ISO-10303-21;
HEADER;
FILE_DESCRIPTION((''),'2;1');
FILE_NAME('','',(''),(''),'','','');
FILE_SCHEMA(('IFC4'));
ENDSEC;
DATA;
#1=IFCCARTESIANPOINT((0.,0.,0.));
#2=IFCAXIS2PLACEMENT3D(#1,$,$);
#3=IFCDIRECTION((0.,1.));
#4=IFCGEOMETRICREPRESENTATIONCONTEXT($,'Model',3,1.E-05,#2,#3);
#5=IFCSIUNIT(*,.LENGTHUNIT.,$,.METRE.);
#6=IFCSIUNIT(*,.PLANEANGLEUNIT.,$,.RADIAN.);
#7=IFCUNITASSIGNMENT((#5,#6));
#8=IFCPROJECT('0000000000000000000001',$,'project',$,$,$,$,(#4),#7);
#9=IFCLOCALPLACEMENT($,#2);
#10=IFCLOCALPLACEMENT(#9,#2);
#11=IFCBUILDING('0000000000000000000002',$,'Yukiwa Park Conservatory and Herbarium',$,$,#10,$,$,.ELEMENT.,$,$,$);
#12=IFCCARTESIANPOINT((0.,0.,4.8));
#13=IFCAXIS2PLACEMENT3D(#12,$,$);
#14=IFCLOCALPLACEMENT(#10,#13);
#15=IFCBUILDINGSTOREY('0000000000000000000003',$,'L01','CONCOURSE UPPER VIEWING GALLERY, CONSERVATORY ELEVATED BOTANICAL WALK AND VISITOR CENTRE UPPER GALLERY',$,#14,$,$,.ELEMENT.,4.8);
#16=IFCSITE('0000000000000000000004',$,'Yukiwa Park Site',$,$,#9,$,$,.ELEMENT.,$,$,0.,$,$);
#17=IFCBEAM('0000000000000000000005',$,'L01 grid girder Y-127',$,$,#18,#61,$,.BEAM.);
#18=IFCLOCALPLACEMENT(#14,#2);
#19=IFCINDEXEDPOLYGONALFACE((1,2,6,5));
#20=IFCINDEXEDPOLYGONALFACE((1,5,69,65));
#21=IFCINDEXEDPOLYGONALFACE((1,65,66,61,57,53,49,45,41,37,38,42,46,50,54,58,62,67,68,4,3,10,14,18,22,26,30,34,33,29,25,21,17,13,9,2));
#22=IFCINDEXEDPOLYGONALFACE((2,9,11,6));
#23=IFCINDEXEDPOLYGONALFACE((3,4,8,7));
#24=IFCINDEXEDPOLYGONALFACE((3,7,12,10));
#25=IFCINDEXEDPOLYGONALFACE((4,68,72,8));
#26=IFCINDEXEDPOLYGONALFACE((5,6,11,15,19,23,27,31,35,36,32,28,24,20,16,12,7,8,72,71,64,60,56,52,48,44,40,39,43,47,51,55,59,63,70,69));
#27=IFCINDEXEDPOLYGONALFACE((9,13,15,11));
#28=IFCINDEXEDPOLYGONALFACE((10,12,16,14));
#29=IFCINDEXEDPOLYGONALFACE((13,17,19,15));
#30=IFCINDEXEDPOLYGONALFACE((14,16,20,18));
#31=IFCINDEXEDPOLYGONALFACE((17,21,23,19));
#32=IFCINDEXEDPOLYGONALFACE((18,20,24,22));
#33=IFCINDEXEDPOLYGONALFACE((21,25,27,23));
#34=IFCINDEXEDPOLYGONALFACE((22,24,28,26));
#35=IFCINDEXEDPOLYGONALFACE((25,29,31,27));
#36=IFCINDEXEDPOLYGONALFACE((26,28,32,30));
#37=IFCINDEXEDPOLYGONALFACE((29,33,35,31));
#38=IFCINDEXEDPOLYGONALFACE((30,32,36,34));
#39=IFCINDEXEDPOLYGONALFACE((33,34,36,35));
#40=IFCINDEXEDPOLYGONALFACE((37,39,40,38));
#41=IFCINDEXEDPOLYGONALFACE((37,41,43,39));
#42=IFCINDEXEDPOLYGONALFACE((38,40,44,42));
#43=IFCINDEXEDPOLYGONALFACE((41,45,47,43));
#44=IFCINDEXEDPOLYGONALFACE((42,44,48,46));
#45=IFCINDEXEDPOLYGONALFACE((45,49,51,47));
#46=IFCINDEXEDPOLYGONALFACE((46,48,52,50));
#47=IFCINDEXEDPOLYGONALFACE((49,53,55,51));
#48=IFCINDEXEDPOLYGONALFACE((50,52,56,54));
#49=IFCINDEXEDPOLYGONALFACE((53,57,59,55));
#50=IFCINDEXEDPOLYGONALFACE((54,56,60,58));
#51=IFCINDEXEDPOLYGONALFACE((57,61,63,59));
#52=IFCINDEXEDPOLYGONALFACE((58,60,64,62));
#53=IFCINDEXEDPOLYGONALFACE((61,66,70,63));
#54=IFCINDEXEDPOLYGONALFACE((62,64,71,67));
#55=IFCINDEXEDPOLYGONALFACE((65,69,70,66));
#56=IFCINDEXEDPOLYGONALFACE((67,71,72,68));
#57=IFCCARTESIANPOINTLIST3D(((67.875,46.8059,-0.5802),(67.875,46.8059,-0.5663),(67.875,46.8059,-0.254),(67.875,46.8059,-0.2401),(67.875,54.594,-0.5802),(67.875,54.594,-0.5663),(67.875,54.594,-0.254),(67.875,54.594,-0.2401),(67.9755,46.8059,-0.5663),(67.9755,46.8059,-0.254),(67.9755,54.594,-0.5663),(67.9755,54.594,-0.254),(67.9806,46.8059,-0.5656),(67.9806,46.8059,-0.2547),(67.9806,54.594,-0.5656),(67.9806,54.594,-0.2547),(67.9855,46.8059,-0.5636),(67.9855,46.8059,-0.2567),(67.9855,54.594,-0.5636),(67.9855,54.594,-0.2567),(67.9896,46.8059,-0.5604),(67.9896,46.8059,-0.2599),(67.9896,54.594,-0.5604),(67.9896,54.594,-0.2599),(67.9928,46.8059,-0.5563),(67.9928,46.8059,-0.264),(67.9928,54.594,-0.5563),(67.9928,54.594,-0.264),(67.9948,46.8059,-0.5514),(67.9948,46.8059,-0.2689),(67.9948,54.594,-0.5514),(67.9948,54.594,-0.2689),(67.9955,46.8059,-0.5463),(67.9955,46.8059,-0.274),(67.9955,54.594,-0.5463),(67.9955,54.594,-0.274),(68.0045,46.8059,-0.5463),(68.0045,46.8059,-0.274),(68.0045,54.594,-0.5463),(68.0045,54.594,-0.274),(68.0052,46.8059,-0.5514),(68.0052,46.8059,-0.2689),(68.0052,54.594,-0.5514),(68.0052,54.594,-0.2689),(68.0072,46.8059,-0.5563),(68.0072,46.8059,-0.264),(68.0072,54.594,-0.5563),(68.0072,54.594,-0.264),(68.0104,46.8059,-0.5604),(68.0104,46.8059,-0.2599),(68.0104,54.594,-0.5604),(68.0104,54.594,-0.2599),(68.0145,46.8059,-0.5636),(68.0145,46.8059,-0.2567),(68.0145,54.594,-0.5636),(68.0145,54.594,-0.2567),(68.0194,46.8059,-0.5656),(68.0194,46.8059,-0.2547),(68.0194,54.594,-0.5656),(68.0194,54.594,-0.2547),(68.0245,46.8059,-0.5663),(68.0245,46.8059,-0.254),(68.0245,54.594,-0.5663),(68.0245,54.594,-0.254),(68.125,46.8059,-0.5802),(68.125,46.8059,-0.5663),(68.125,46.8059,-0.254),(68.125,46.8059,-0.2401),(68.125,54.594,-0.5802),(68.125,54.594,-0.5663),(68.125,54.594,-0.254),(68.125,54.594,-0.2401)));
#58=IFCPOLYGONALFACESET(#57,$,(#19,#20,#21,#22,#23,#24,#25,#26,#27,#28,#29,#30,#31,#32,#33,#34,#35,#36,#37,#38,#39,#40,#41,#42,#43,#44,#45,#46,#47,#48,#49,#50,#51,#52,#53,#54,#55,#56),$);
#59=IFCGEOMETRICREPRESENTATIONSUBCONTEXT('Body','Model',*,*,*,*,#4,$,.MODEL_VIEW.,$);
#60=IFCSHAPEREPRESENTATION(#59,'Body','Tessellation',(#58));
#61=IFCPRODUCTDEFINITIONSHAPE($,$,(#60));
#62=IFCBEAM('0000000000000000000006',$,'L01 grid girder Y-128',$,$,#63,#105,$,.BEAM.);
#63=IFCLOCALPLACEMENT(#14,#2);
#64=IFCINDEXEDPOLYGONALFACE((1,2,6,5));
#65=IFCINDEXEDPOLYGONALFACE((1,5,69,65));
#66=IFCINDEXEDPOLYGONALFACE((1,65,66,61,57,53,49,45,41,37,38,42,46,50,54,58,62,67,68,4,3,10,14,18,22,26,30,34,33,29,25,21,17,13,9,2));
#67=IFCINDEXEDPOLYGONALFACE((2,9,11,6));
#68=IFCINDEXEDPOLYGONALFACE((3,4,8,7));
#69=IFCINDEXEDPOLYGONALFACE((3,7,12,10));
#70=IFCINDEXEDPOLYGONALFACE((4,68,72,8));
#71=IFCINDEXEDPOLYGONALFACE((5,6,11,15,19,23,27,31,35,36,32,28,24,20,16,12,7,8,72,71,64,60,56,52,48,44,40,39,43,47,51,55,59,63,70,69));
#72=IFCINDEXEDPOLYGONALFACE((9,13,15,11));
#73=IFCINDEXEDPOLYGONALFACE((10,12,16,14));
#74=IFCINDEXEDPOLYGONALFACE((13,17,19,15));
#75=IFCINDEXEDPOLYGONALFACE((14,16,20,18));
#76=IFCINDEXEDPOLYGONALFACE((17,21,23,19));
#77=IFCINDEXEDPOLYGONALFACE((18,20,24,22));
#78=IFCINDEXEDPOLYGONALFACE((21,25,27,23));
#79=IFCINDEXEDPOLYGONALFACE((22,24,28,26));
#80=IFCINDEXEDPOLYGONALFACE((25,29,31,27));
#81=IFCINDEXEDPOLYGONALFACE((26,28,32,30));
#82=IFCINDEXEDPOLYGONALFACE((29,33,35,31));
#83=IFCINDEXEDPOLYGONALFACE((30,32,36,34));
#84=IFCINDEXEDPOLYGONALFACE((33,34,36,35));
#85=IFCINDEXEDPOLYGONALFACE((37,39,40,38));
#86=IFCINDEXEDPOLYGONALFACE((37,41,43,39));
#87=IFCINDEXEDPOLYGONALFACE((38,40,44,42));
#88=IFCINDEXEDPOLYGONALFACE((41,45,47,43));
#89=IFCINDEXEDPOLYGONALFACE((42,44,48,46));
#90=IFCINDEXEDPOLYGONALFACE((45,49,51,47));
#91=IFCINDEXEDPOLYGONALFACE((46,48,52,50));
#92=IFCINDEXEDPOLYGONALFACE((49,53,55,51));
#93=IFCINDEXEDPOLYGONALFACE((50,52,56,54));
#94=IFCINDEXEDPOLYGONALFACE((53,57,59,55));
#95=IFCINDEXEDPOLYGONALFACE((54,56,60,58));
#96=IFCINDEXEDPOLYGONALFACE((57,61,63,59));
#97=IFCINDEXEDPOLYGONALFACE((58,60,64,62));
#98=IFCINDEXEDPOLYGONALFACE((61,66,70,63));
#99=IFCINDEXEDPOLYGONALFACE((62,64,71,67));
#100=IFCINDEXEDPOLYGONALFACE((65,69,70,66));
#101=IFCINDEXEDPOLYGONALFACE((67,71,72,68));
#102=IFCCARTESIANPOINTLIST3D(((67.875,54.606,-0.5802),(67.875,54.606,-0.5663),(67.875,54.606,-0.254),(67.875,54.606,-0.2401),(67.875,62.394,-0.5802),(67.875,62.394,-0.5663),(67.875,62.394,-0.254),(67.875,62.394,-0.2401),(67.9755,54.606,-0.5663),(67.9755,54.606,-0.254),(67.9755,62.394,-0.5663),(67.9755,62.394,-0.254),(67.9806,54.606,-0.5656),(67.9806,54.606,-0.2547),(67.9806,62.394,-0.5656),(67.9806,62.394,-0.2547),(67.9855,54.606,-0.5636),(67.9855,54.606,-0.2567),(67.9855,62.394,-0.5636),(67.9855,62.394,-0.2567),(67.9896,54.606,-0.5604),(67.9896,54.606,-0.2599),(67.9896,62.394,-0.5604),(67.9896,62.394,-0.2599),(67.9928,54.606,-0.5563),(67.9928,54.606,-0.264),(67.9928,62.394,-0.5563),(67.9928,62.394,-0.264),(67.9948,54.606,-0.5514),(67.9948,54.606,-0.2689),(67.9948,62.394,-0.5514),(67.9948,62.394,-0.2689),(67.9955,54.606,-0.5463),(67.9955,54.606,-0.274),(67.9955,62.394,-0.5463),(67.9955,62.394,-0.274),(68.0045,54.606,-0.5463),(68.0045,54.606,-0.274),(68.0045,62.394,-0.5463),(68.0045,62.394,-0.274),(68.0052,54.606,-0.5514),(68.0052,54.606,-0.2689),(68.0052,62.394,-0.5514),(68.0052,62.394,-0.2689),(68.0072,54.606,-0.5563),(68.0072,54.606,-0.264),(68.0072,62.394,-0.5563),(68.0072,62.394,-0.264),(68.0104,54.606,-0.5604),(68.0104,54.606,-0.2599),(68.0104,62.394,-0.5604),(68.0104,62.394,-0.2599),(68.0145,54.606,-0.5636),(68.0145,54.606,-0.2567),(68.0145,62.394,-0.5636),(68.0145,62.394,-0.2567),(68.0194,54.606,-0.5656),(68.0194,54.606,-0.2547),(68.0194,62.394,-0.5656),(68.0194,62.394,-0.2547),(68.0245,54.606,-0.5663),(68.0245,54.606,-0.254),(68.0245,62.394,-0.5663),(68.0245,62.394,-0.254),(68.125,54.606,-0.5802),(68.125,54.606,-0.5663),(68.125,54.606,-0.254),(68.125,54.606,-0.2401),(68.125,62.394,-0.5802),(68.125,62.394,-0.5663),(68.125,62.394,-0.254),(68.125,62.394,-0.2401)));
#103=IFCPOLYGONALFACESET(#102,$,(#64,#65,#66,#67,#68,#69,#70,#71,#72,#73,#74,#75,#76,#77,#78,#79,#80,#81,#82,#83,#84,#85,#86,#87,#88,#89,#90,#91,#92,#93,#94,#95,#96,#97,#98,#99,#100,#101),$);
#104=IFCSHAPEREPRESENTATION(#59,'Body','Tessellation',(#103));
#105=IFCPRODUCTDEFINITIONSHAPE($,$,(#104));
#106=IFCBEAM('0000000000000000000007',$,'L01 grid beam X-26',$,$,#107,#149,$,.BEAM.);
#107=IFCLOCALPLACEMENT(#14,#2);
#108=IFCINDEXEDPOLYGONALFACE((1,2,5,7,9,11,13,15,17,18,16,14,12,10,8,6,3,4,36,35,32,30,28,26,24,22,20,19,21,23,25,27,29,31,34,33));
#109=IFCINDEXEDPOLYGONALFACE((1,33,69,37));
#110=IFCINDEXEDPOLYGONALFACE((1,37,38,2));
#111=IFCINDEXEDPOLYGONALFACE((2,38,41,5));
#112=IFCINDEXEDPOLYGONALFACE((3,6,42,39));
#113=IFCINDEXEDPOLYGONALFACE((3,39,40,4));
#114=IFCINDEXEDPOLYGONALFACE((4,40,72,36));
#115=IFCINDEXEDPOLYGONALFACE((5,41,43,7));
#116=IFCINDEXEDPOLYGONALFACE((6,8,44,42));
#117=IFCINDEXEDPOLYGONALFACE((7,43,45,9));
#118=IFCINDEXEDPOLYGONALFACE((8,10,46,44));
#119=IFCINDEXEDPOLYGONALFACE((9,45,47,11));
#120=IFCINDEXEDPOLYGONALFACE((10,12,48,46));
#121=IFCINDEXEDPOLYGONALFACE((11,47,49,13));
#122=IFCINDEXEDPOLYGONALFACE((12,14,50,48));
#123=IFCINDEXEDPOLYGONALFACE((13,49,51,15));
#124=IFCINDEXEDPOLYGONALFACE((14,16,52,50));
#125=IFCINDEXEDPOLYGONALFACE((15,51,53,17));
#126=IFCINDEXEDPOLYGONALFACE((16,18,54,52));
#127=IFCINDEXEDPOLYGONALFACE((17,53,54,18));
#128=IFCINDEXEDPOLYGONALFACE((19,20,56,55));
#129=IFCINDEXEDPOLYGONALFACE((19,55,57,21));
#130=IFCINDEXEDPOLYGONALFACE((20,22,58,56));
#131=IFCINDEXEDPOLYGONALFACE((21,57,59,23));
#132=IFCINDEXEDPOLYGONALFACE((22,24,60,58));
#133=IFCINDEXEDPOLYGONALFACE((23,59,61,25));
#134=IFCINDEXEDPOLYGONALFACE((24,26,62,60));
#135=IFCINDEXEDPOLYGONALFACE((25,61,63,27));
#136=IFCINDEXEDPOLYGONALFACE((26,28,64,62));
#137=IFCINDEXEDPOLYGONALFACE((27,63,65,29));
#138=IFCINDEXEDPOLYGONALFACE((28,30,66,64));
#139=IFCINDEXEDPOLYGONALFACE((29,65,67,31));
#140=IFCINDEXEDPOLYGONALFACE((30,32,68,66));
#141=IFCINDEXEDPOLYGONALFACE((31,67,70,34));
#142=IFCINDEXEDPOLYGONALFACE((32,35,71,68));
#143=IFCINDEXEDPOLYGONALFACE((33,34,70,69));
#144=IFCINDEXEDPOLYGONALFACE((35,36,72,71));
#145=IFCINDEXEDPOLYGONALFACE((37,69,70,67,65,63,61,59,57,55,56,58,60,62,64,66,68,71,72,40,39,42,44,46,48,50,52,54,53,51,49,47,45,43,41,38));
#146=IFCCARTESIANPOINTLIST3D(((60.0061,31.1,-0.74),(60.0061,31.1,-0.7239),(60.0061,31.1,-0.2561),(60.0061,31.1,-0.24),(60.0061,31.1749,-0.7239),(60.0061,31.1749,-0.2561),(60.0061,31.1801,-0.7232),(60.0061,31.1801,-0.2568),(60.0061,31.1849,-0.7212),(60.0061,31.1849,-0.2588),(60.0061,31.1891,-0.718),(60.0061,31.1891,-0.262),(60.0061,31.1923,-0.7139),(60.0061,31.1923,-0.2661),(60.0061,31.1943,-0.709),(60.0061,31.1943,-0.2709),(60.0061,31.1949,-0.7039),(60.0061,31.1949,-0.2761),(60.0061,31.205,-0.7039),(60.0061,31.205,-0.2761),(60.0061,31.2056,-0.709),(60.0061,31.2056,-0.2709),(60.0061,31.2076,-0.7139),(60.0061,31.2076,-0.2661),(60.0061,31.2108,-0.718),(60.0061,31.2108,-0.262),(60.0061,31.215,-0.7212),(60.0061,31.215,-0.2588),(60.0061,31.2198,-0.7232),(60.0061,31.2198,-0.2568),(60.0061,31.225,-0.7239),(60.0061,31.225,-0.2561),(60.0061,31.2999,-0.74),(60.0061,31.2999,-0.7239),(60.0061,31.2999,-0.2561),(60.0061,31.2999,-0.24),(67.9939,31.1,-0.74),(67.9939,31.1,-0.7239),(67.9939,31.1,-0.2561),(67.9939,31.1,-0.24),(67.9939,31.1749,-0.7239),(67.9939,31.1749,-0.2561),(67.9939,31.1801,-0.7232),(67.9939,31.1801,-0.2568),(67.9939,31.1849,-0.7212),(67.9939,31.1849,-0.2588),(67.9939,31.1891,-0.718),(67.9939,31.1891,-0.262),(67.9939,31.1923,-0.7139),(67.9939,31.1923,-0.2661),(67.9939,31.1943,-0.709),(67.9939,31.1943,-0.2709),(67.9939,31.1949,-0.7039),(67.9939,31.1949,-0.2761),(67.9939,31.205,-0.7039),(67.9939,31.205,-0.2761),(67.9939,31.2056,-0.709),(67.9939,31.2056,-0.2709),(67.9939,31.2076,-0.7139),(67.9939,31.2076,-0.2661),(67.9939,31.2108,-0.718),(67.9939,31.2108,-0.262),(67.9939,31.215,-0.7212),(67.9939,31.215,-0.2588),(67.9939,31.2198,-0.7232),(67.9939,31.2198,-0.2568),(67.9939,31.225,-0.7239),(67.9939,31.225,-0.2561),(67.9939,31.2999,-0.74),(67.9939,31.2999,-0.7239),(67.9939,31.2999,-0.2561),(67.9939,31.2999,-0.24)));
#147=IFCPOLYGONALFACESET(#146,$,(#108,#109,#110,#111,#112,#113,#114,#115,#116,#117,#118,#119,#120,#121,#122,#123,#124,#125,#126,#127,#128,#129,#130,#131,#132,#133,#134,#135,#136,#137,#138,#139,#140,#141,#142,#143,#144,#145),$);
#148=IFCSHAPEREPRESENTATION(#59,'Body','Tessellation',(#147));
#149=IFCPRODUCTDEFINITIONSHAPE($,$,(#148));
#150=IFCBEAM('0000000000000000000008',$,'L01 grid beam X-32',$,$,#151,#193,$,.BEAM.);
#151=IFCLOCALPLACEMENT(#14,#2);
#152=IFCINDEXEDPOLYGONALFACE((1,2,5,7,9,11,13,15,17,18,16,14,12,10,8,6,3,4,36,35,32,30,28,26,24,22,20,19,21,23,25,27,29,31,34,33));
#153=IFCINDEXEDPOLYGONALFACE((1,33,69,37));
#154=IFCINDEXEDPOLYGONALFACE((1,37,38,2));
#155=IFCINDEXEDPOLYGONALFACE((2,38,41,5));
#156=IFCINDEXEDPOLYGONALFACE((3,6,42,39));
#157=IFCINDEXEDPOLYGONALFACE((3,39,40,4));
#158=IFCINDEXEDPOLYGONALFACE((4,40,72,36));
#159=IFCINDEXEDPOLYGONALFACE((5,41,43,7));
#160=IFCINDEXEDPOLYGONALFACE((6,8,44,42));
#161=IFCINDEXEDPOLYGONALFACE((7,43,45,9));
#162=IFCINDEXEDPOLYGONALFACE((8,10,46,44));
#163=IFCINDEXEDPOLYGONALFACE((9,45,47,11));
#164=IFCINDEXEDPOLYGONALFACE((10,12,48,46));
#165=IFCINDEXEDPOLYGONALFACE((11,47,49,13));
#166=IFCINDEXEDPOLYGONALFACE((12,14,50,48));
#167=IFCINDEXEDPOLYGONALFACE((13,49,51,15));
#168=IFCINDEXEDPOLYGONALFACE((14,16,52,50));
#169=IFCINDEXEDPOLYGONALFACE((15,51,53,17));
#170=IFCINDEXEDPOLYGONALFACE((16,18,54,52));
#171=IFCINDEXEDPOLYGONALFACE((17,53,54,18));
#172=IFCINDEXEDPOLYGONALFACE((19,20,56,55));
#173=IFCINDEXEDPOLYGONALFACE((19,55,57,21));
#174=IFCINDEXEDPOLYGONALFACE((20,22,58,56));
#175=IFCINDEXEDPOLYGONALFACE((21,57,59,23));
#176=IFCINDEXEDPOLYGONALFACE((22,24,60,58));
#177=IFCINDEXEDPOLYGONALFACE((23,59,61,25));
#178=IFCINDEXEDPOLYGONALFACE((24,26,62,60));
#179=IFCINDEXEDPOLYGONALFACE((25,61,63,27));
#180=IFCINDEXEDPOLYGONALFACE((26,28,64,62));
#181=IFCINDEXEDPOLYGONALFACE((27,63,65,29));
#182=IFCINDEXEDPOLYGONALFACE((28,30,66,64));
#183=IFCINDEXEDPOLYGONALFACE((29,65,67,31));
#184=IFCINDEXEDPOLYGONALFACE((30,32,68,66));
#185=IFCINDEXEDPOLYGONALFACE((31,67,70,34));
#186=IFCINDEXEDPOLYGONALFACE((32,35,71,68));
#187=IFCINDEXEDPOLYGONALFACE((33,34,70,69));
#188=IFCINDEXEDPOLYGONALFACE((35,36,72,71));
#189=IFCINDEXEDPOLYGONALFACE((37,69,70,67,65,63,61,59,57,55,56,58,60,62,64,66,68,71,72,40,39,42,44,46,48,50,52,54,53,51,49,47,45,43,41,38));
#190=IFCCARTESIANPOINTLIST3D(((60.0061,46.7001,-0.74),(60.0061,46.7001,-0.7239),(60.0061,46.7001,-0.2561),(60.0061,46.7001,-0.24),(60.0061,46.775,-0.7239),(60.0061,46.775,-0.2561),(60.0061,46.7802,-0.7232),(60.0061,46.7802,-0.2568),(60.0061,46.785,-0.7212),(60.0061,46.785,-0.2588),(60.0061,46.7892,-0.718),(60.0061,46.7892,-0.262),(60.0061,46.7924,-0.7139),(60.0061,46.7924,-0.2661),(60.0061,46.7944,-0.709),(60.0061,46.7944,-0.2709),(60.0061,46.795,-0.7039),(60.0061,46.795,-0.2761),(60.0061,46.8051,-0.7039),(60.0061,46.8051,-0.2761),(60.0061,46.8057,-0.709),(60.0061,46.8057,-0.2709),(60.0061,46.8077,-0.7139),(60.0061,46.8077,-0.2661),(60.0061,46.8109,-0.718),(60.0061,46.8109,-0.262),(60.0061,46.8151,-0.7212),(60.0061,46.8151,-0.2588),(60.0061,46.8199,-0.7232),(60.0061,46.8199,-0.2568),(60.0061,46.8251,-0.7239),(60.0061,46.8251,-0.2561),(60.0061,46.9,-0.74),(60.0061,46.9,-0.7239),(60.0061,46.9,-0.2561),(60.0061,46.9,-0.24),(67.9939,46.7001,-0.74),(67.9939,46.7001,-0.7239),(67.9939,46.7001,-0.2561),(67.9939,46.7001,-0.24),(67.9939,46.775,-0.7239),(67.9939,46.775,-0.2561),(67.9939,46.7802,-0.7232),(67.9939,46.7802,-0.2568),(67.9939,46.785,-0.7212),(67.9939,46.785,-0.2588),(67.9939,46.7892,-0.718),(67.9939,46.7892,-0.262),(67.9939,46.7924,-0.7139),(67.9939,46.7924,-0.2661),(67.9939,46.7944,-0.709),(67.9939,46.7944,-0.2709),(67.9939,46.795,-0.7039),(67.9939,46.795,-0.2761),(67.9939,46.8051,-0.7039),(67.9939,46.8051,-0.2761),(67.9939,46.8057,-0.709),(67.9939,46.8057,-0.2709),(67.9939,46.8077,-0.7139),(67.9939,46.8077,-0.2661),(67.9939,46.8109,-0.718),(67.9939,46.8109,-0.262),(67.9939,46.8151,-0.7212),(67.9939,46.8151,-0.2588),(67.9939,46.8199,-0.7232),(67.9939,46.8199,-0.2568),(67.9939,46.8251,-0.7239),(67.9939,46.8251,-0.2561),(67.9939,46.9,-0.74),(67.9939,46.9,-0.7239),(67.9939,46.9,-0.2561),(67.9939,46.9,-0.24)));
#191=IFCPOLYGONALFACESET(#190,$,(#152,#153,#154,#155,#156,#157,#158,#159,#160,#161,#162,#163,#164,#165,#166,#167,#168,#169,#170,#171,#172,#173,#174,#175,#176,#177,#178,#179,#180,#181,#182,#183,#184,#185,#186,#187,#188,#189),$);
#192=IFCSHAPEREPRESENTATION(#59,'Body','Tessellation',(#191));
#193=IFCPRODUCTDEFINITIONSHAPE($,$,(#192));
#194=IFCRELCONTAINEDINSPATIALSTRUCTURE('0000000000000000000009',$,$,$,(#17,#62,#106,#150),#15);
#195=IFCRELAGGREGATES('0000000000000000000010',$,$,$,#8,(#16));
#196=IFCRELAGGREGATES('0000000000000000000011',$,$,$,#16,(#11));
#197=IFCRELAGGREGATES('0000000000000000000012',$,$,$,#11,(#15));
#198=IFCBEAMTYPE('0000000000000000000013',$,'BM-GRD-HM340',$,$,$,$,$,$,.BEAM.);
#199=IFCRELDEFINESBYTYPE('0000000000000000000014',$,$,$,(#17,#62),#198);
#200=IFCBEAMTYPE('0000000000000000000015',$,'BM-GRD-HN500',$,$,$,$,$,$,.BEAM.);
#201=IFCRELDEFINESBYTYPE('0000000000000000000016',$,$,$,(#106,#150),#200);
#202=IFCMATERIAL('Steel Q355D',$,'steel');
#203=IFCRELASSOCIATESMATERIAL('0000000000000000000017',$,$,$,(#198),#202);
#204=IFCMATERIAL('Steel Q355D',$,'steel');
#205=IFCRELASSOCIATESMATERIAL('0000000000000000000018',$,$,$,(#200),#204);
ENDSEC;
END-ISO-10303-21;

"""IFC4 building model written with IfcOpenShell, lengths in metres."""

from ifc_helpers import new_model, si_unit, direction, frame, origin, origin_2d, place, context, subcontext, project, spatial, i_section, extrude, material, material_profile, profile_set, type_object, element, save


model = new_model("IFC4")

# Units and contexts
model_context = context("Model", 3, precision=1e-05, world=origin(), true_north=direction((0.0, 1.0)))
body_context = subcontext(model_context, "Body", "Model", "MODEL_VIEW")
ifc_project = project(units=[si_unit("LENGTHUNIT", "METRE"), si_unit("PLANEANGLEUNIT", "RADIAN")], contexts=[model_context])

# Site, building, storey
site_placement = place(None, origin())
site = spatial("IfcSite", under=ifc_project, at=site_placement, Name="Yukiwa Park Site", CompositionType="ELEMENT", RefElevation=0.0)
building_placement = place(site_placement, origin())
building = spatial("IfcBuilding", under=site, at=building_placement, Name="Yukiwa Park Conservatory and Herbarium", CompositionType="ELEMENT")
storey_placement = place(building_placement, frame((0.0, 0.0, 4.8)))
storey = spatial("IfcBuildingStorey", under=building, at=storey_placement, Name="L01", Description="CONCOURSE UPPER VIEWING GALLERY, CONSERVATORY ELEVATED BOTANICAL WALK AND VISITOR CENTRE UPPER GALLERY", CompositionType="ELEMENT", Elevation=4.8)

# Beams
ifc_material_1 = material(Name="Steel Q355D", Category="steel")
ifc_material_profile_1 = material_profile(ifc_material_1, i_section(OverallWidth=0.25, OverallDepth=0.3401, WebThickness=0.009, FlangeThickness=0.0139, FilletRadius=0.02, at=origin_2d()), Name="HM 340x250x9x14")
ifc_profile_set_1 = profile_set([ifc_material_profile_1], Name="Steel Q355D")
beam_type_1 = type_object("IfcBeamType", Name="BM-GRD-HM340", PredefinedType="BEAM", material=ifc_profile_set_1)
for number, where, z_axis, x_axis, name in (
    (1, (68.0, 46.8059, -0.4102), (0.0, 1.0, 0.0), (-1.0, 0.0, 0.0), "L01 grid girder Y-127"),
    (2, (68.0, 54.606, -0.4102), (0.0, 1.0, 0.0), (-1.0, 0.0, 0.0), "L01 grid girder Y-128"),
):
    element("IfcBeam", number, at=place(storey_placement, frame(where, z_axis=z_axis, x_axis=x_axis)), inside=storey, type_object=beam_type_1, Name=name, PredefinedType="BEAM", context=body_context, shape_type="SweptSolid", body=[
        extrude(i_section(OverallWidth=0.25, OverallDepth=0.3401, WebThickness=0.009, FlangeThickness=0.0139, FilletRadius=0.02, at=origin_2d()), origin(), (0.0, 0.0, 1.0), 7.7881),
    ])
ifc_material_2 = material(Name="Steel Q355D", Category="steel")
ifc_material_profile_2 = material_profile(ifc_material_2, i_section(OverallWidth=0.2, OverallDepth=0.5, WebThickness=0.01, FlangeThickness=0.0161, FilletRadius=0.02, at=origin_2d()), Name="HN 500x200x10x16")
ifc_profile_set_2 = profile_set([ifc_material_profile_2], Name="Steel Q355D")
beam_type_2 = type_object("IfcBeamType", Name="BM-GRD-HN500", PredefinedType="BEAM", material=ifc_profile_set_2)
for number, where, z_axis, x_axis, name in (
    (3, (60.0061, 31.2, -0.49), (1.0, 0.0, 0.0), (0.0, 1.0, 0.0), "L01 grid beam X-26"),
    (4, (60.0061, 46.8, -0.49), (1.0, 0.0, 0.0), (0.0, 1.0, 0.0), "L01 grid beam X-32"),
):
    element("IfcBeam", number, at=place(storey_placement, frame(where, z_axis=z_axis, x_axis=x_axis)), inside=storey, type_object=beam_type_2, Name=name, PredefinedType="BEAM", context=body_context, shape_type="SweptSolid", body=[
        extrude(i_section(OverallWidth=0.2, OverallDepth=0.5, WebThickness=0.01, FlangeThickness=0.0161, FilletRadius=0.02, at=origin_2d()), origin(), (0.0, 0.0, 1.0), 7.9878),
    ])

save(model, "model.ifc")
